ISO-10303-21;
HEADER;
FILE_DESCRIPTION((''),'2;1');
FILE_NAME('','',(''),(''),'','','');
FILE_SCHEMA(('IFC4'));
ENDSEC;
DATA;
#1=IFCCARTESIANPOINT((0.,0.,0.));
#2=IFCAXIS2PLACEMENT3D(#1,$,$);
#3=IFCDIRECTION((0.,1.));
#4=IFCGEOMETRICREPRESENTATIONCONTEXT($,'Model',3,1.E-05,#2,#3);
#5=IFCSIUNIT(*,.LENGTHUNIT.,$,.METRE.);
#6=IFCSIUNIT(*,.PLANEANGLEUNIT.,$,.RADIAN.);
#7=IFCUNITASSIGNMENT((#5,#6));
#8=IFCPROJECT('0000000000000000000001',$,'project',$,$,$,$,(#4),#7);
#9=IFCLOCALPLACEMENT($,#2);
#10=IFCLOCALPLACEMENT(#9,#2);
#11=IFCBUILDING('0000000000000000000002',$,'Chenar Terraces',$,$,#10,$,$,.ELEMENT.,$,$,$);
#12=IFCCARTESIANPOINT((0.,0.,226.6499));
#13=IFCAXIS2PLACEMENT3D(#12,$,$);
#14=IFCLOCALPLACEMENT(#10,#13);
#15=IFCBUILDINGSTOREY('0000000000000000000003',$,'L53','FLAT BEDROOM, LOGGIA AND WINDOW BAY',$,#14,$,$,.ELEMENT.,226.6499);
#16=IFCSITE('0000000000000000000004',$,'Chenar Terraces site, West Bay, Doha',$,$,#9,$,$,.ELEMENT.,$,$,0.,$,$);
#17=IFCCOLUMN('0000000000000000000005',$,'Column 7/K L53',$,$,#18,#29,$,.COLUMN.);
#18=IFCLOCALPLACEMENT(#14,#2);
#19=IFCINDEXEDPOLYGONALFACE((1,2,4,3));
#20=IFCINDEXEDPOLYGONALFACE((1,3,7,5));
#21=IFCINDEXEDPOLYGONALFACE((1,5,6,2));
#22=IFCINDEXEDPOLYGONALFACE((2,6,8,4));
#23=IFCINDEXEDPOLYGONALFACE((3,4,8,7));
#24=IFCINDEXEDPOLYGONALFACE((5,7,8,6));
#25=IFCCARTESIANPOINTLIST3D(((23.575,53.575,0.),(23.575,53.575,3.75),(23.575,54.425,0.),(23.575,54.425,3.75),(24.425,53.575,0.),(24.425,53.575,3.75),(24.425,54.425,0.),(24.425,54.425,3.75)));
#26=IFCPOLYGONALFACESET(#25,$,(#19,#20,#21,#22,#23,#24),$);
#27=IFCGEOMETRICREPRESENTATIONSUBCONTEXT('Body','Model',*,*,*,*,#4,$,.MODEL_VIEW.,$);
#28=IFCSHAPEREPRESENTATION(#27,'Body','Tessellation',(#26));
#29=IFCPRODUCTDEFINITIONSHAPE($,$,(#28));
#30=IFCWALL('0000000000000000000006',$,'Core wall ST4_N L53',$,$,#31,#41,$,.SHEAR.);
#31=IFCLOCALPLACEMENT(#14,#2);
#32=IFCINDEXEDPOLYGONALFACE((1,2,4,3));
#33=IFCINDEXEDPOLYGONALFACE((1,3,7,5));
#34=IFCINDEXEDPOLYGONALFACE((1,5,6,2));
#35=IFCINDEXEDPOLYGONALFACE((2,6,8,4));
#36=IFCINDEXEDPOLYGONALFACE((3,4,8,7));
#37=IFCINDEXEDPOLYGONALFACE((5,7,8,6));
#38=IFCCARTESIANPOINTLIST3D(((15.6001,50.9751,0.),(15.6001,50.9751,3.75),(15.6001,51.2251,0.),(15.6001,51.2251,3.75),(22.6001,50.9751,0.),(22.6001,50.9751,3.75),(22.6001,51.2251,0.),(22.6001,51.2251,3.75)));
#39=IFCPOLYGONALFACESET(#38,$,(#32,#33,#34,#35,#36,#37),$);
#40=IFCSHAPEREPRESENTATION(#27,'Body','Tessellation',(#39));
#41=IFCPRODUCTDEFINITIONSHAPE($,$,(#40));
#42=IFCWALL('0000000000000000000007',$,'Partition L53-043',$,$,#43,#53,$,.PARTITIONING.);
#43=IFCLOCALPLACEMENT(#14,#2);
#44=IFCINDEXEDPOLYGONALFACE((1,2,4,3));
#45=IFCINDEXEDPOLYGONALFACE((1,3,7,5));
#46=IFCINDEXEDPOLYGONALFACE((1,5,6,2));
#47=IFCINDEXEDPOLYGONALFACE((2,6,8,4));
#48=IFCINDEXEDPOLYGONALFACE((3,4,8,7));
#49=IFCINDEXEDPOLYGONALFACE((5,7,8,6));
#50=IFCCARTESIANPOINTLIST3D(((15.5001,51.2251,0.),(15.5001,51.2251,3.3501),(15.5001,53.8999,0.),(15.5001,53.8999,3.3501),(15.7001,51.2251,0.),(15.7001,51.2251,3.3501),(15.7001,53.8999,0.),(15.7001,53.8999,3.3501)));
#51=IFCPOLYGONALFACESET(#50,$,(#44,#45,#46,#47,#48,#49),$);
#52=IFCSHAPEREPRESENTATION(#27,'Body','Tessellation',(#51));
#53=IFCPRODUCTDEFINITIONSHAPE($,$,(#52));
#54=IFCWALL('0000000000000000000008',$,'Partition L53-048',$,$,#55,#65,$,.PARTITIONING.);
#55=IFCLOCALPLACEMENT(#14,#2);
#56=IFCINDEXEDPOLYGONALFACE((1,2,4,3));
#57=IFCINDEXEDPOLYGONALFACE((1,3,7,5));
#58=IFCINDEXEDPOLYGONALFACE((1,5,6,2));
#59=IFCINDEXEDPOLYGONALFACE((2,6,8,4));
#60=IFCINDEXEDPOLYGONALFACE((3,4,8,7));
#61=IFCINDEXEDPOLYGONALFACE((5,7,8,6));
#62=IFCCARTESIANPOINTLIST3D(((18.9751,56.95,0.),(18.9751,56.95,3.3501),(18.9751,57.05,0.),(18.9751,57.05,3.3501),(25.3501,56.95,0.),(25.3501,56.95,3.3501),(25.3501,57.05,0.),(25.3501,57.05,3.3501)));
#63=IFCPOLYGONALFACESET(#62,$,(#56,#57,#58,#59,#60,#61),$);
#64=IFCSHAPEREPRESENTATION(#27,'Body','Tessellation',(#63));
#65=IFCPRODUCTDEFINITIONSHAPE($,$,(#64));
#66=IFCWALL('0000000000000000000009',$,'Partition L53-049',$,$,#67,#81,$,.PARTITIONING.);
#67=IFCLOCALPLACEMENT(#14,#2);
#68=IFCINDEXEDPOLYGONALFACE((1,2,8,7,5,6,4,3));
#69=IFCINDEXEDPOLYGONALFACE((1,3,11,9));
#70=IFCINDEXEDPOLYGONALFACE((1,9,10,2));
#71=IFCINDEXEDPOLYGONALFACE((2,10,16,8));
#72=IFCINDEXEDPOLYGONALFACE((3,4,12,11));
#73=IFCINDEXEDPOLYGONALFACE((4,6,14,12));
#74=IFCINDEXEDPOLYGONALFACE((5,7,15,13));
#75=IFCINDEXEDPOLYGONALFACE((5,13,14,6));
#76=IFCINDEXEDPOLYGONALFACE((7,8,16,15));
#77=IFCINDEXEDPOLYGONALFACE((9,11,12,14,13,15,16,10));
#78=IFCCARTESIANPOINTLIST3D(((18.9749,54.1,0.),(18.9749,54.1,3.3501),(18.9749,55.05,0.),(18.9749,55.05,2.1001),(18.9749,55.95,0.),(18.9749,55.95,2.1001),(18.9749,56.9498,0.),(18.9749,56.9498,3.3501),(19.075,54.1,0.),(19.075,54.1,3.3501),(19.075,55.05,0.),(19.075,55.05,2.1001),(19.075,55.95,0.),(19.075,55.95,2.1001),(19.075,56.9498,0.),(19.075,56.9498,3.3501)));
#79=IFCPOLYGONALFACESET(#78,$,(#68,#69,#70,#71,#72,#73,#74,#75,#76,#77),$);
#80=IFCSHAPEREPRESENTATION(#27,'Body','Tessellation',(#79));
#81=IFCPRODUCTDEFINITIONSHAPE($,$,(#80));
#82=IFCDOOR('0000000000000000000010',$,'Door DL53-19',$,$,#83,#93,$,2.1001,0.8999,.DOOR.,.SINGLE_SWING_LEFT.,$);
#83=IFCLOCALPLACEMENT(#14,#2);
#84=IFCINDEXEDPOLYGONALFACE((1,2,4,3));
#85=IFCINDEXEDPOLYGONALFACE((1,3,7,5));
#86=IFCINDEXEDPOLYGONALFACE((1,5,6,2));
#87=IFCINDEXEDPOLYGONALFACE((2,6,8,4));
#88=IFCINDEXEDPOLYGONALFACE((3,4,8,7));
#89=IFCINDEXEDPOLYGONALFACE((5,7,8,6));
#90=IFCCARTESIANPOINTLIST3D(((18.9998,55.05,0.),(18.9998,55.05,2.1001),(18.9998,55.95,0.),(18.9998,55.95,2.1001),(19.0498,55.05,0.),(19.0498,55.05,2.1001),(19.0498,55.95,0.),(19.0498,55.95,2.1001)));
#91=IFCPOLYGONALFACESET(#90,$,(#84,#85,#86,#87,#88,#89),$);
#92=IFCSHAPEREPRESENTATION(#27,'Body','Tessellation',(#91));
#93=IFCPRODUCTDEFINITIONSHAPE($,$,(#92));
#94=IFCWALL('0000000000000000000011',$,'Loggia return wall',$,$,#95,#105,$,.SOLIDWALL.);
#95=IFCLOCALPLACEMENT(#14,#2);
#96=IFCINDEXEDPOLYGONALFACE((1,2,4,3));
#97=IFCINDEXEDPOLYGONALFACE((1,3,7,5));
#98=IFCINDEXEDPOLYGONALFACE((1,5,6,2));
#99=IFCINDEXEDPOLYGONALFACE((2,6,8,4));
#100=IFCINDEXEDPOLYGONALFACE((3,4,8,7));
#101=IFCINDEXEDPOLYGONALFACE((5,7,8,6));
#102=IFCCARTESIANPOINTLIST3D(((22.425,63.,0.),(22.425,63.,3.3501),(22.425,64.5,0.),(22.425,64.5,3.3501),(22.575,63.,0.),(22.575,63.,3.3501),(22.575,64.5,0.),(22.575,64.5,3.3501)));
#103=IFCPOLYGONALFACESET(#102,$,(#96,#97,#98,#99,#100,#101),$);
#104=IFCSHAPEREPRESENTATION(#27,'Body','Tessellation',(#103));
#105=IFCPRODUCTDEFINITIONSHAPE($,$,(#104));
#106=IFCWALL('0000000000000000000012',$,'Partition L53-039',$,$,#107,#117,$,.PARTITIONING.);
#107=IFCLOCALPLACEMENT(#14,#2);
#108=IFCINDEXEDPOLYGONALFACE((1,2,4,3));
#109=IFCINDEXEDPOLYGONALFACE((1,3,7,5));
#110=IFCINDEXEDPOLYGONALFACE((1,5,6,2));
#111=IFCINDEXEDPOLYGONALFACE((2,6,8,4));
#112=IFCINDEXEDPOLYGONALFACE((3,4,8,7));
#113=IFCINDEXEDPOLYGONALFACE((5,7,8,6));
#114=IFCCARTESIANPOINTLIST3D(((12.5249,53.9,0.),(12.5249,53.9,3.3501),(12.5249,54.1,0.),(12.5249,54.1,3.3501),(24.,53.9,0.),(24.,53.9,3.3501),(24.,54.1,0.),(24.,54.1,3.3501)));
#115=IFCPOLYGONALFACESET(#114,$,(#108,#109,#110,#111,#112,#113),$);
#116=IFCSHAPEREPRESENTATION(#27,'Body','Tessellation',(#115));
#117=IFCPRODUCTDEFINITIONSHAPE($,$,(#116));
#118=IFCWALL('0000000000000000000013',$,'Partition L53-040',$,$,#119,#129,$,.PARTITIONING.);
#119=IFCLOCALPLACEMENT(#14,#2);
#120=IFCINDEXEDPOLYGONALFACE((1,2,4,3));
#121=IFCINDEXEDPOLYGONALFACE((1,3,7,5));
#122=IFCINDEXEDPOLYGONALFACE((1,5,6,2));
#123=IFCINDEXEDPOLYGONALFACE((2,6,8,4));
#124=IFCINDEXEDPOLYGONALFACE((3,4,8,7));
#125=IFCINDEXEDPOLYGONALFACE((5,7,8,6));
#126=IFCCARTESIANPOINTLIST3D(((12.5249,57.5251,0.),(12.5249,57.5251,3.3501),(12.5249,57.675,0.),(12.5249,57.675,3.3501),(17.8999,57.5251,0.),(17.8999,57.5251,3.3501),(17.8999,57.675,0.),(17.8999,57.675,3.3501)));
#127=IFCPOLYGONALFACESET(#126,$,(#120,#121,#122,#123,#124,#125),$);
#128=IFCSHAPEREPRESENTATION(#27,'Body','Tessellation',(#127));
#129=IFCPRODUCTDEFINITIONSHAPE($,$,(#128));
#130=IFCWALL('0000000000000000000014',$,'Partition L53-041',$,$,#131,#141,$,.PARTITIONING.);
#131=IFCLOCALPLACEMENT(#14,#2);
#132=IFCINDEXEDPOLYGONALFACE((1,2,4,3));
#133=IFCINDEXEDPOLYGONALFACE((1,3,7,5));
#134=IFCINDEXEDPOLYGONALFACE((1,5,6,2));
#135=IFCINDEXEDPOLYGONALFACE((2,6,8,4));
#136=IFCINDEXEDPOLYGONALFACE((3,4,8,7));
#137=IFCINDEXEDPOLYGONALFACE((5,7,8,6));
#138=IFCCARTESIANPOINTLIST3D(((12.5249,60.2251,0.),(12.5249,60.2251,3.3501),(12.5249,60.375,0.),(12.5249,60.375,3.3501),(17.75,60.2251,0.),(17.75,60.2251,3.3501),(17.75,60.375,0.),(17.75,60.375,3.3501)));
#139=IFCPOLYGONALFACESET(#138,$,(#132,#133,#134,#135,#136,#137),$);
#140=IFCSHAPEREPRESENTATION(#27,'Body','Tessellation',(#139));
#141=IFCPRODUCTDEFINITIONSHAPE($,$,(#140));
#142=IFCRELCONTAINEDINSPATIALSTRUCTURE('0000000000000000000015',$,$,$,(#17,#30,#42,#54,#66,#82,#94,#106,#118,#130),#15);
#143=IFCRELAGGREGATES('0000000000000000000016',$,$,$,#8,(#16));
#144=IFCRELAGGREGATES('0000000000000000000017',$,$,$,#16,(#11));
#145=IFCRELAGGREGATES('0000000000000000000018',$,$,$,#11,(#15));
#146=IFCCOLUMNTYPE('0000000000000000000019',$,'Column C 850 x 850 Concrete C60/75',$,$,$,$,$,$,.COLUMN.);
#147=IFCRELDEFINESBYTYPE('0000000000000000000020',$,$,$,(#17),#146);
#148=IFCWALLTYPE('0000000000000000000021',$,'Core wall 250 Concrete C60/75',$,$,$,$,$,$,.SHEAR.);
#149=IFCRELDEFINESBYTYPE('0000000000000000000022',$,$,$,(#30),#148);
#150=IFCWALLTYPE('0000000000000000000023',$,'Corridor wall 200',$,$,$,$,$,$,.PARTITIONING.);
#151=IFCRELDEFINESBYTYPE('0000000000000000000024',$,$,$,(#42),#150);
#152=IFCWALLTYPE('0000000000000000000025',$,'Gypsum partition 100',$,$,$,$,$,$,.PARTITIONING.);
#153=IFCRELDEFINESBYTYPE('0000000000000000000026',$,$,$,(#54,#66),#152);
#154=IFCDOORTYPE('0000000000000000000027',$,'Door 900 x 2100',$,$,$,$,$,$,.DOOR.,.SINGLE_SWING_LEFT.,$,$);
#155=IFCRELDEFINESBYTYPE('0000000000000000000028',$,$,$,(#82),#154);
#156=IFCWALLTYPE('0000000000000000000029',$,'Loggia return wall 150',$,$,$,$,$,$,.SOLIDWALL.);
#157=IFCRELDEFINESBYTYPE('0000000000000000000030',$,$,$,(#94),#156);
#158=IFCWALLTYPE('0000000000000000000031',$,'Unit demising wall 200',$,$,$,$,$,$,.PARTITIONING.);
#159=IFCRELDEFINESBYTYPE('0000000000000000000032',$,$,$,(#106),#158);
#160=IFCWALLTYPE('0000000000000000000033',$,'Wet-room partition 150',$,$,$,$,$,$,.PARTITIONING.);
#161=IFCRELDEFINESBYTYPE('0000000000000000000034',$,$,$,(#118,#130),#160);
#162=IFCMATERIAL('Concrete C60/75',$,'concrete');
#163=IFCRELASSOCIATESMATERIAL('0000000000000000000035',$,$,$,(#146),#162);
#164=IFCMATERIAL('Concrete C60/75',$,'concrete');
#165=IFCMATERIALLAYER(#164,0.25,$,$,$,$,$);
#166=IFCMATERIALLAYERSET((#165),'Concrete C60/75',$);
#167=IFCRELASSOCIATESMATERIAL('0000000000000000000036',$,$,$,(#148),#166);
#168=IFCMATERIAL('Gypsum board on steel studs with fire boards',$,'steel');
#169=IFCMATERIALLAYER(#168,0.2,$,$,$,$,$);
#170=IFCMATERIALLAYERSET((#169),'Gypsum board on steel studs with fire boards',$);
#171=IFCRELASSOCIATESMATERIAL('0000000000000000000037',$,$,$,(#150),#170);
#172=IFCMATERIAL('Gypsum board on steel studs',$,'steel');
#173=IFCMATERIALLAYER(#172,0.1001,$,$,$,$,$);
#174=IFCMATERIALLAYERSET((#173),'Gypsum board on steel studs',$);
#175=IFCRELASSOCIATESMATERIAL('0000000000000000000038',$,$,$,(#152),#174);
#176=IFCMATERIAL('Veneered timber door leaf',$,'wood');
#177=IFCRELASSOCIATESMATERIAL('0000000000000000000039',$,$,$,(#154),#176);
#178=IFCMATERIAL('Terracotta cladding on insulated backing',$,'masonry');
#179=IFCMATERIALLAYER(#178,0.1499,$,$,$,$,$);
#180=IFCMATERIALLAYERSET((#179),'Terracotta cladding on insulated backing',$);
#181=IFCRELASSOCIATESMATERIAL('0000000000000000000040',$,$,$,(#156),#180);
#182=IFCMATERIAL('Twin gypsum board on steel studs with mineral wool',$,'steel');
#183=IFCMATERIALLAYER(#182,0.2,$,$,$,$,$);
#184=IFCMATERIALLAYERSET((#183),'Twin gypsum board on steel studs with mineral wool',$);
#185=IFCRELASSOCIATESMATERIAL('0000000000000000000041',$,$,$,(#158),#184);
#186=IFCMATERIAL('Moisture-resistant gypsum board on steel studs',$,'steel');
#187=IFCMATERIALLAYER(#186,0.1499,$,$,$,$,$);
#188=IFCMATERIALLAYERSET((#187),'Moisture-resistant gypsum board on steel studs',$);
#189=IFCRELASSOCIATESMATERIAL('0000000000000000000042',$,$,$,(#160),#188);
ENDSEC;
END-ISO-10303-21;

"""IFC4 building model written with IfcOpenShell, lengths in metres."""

from ifc_helpers import new_model, si_unit, direction, frame, frame_2d, origin, origin_2d, place, context, subcontext, project, spatial, rectangle, extrude, material, layer, layer_set, material_profile, profile_set, type_object, element, fill, save


model = new_model("IFC4")

# Units and contexts
model_context = context("Model", 3, precision=1e-05, world=origin(), true_north=direction((0.0, 1.0)))
body_context = subcontext(model_context, "Body", "Model", "MODEL_VIEW")
ifc_project = project(units=[si_unit("LENGTHUNIT", "METRE"), si_unit("PLANEANGLEUNIT", "RADIAN")], contexts=[model_context])

# Site, building, storey
site_placement = place(None, origin())
site = spatial("IfcSite", under=ifc_project, at=site_placement, Name="Chenar Terraces site, West Bay, Doha", CompositionType="ELEMENT", RefElevation=0.0)
building_placement = place(site_placement, origin())
building = spatial("IfcBuilding", under=site, at=building_placement, Name="Chenar Terraces", CompositionType="ELEMENT")
storey_placement = place(building_placement, frame((0.0, 0.0, 226.6499)))
storey = spatial("IfcBuildingStorey", under=building, at=storey_placement, Name="L53", Description="FLAT BEDROOM, LOGGIA AND WINDOW BAY", CompositionType="ELEMENT", Elevation=226.6499)

# Column
ifc_material_1 = material(Name="Concrete C60/75", Category="concrete")
ifc_material_profile_1 = material_profile(ifc_material_1, rectangle(XDim=0.8501, YDim=0.8501, at=origin_2d()), Name="C 850 x 850")
ifc_profile_set_1 = profile_set([ifc_material_profile_1], Name="Concrete C60/75")
column_type = type_object("IfcColumnType", Name="Column C 850 x 850 Concrete C60/75", PredefinedType="COLUMN", material=ifc_profile_set_1)
column_placement = place(storey_placement, frame((24.0, 54.0, 0.0), z_axis=(0.0, 0.0, 1.0), x_axis=(1.0, 0.0, 0.0)))
element("IfcColumn", 1, at=column_placement, inside=storey, type_object=column_type, Name="Column 7/K L53", PredefinedType="COLUMN", context=body_context, shape_type="SweptSolid", body=[
    extrude(rectangle(XDim=0.8501, YDim=0.8501, at=origin_2d()), origin(), (0.0, 0.0, 1.0), 3.75),
])

# Walls
ifc_material_2 = material(Name="Concrete C60/75", Category="concrete")
ifc_layer_1 = layer(ifc_material_2, 0.25)
ifc_layer_set_1 = layer_set([ifc_layer_1], Name="Concrete C60/75")
wall_type_1 = type_object("IfcWallType", Name="Core wall 250 Concrete C60/75", PredefinedType="SHEAR", material=ifc_layer_set_1)
wall_1_placement = place(storey_placement, frame((15.6001, 51.1001, 0.0), z_axis=(0.0, 0.0, 1.0), x_axis=(1.0, 0.0, 0.0)))
element("IfcWall", 2, at=wall_1_placement, inside=storey, type_object=wall_type_1, Name="Core wall ST4_N L53", PredefinedType="SHEAR", context=body_context, shape_type="SweptSolid", body=[
    extrude(rectangle(XDim=7.0, YDim=0.25, at=frame_2d((3.5, 0.0))), origin(), (0.0, 0.0, 1.0), 3.75),
])
ifc_material_3 = material(Name="Gypsum board on steel studs with fire boards", Category="steel")
ifc_layer_2 = layer(ifc_material_3, 0.2)
ifc_layer_set_2 = layer_set([ifc_layer_2], Name="Gypsum board on steel studs with fire boards")
wall_type_2 = type_object("IfcWallType", Name="Corridor wall 200", PredefinedType="PARTITIONING", material=ifc_layer_set_2)
wall_2_placement = place(storey_placement, frame((15.6001, 51.2251, 0.0), z_axis=(0.0, 0.0, 1.0), x_axis=(0.0, 1.0, 0.0)))
element("IfcWall", 3, at=wall_2_placement, inside=storey, type_object=wall_type_2, Name="Partition L53-043", PredefinedType="PARTITIONING", context=body_context, shape_type="SweptSolid", body=[
    extrude(rectangle(XDim=2.6748, YDim=0.2, at=frame_2d((1.3374, 0.0))), origin(), (0.0, 0.0, 1.0), 3.3501),
])

# Wall
ifc_material_4 = material(Name="Gypsum board on steel studs", Category="steel")
ifc_layer_3 = layer(ifc_material_4, 0.1001)
ifc_layer_set_3 = layer_set([ifc_layer_3], Name="Gypsum board on steel studs")
wall_type_3 = type_object("IfcWallType", Name="Gypsum partition 100", PredefinedType="PARTITIONING", material=ifc_layer_set_3)
wall_3_placement = place(storey_placement, frame((18.9751, 57.0, 0.0), z_axis=(0.0, 0.0, 1.0), x_axis=(1.0, 0.0, 0.0)))
element("IfcWall", 4, at=wall_3_placement, inside=storey, type_object=wall_type_3, Name="Partition L53-048", PredefinedType="PARTITIONING", context=body_context, shape_type="SweptSolid", body=[
    extrude(rectangle(XDim=6.375, YDim=0.1001, at=frame_2d((3.1875, 0.0))), origin(), (0.0, 0.0, 1.0), 3.3501),
])

# Wall, opening, door
wall_4_placement = place(storey_placement, frame((19.0249, 54.1001, 0.0), z_axis=(0.0, 0.0, 1.0), x_axis=(0.0, 1.0, 0.0)))
wall_4 = element("IfcWall", 5, at=wall_4_placement, inside=storey, type_object=wall_type_3, Name="Partition L53-049", PredefinedType="PARTITIONING", context=body_context, shape_type="SweptSolid", body=[
    extrude(rectangle(XDim=2.8499, YDim=0.1001, at=frame_2d((1.4248, 0.0))), origin(), (0.0, 0.0, 1.0), 3.3501),
])
opening_1_placement = place(wall_4_placement, frame((0.95, 0.0, 0.0)))
opening_1 = element("IfcOpeningElement", 6, at=opening_1_placement, cuts=wall_4, PredefinedType="OPENING", context=body_context, shape_type="SweptSolid", body=[
    extrude(rectangle(XDim=0.8999, YDim=2.1001, at=frame_2d((0.45, 1.05))), frame((0.0, 0.0601, 0.0), z_axis=(0.0, -1.0, 0.0), x_axis=(1.0, 0.0, 0.0)), (0.0, 0.0, 1.0), 0.1201),
])
ifc_material_5 = material(Name="Veneered timber door leaf", Category="wood")
door_type_1 = type_object("IfcDoorType", Name="Door 900 x 2100", OperationType="SINGLE_SWING_LEFT", PredefinedType="DOOR", material=ifc_material_5)
door_1_placement = place(opening_1_placement, frame((0.8999, 0.0, 0.0), z_axis=(0.0, 0.0, 1.0), x_axis=(-1.0, 0.0, 0.0)))
door_1 = element("IfcDoor", 7, at=door_1_placement, inside=storey, type_object=door_type_1, Name="Door DL53-19", OperationType="SINGLE_SWING_LEFT", OverallHeight=2.1001, OverallWidth=0.8999, PredefinedType="DOOR", context=body_context, shape_type="SweptSolid", body=[
    extrude(rectangle(XDim=0.8999, YDim=2.1001, at=frame_2d((0.45, 1.05))), frame((0.0, 0.0249, 0.0), z_axis=(0.0, -1.0, 0.0), x_axis=(1.0, 0.0, 0.0)), (0.0, 0.0, 1.0), 0.05),
])
fill(opening_1, door_1)

# Walls
ifc_material_6 = material(Name="Terracotta cladding on insulated backing", Category="masonry")
ifc_layer_4 = layer(ifc_material_6, 0.1499)
ifc_layer_set_4 = layer_set([ifc_layer_4], Name="Terracotta cladding on insulated backing")
wall_type_4 = type_object("IfcWallType", Name="Loggia return wall 150", PredefinedType="SOLIDWALL", material=ifc_layer_set_4)
wall_5_placement = place(storey_placement, frame((22.5, 64.5, 0.0), z_axis=(0.0, 0.0, 1.0), x_axis=(0.0, -1.0, 0.0)))
element("IfcWall", 8, at=wall_5_placement, inside=storey, type_object=wall_type_4, Name="Loggia return wall", PredefinedType="SOLIDWALL", context=body_context, shape_type="SweptSolid", body=[
    extrude(rectangle(XDim=1.5, YDim=0.1499, at=frame_2d((0.75, 0.0))), origin(), (0.0, 0.0, 1.0), 3.3501),
])
ifc_material_7 = material(Name="Twin gypsum board on steel studs with mineral wool", Category="steel")
ifc_layer_5 = layer(ifc_material_7, 0.2)
ifc_layer_set_5 = layer_set([ifc_layer_5], Name="Twin gypsum board on steel studs with mineral wool")
wall_type_5 = type_object("IfcWallType", Name="Unit demising wall 200", PredefinedType="PARTITIONING", material=ifc_layer_set_5)
wall_6_placement = place(storey_placement, frame((12.5249, 54.0, 0.0), z_axis=(0.0, 0.0, 1.0), x_axis=(1.0, 0.0, 0.0)))
element("IfcWall", 9, at=wall_6_placement, inside=storey, type_object=wall_type_5, Name="Partition L53-039", PredefinedType="PARTITIONING", context=body_context, shape_type="SweptSolid", body=[
    extrude(rectangle(XDim=11.4751, YDim=0.2, at=frame_2d((5.7375, 0.0))), origin(), (0.0, 0.0, 1.0), 3.3501),
])
ifc_material_8 = material(Name="Moisture-resistant gypsum board on steel studs", Category="steel")
ifc_layer_6 = layer(ifc_material_8, 0.1499)
ifc_layer_set_6 = layer_set([ifc_layer_6], Name="Moisture-resistant gypsum board on steel studs")
wall_type_6 = type_object("IfcWallType", Name="Wet-room partition 150", PredefinedType="PARTITIONING", material=ifc_layer_set_6)
wall_7_placement = place(storey_placement, frame((12.5249, 57.6001, 0.0), z_axis=(0.0, 0.0, 1.0), x_axis=(1.0, 0.0, 0.0)))
element("IfcWall", 10, at=wall_7_placement, inside=storey, type_object=wall_type_6, Name="Partition L53-040", PredefinedType="PARTITIONING", context=body_context, shape_type="SweptSolid", body=[
    extrude(rectangle(XDim=5.375, YDim=0.1499, at=frame_2d((2.6875, 0.0))), origin(), (0.0, 0.0, 1.0), 3.3501),
])
wall_8_placement = place(storey_placement, frame((12.5249, 60.3, 0.0), z_axis=(0.0, 0.0, 1.0), x_axis=(1.0, 0.0, 0.0)))
element("IfcWall", 11, at=wall_8_placement, inside=storey, type_object=wall_type_6, Name="Partition L53-041", PredefinedType="PARTITIONING", context=body_context, shape_type="SweptSolid", body=[
    extrude(rectangle(XDim=5.2251, YDim=0.1499, at=frame_2d((2.6125, 0.0))), origin(), (0.0, 0.0, 1.0), 3.3501),
])

save(model, "model.ifc")
